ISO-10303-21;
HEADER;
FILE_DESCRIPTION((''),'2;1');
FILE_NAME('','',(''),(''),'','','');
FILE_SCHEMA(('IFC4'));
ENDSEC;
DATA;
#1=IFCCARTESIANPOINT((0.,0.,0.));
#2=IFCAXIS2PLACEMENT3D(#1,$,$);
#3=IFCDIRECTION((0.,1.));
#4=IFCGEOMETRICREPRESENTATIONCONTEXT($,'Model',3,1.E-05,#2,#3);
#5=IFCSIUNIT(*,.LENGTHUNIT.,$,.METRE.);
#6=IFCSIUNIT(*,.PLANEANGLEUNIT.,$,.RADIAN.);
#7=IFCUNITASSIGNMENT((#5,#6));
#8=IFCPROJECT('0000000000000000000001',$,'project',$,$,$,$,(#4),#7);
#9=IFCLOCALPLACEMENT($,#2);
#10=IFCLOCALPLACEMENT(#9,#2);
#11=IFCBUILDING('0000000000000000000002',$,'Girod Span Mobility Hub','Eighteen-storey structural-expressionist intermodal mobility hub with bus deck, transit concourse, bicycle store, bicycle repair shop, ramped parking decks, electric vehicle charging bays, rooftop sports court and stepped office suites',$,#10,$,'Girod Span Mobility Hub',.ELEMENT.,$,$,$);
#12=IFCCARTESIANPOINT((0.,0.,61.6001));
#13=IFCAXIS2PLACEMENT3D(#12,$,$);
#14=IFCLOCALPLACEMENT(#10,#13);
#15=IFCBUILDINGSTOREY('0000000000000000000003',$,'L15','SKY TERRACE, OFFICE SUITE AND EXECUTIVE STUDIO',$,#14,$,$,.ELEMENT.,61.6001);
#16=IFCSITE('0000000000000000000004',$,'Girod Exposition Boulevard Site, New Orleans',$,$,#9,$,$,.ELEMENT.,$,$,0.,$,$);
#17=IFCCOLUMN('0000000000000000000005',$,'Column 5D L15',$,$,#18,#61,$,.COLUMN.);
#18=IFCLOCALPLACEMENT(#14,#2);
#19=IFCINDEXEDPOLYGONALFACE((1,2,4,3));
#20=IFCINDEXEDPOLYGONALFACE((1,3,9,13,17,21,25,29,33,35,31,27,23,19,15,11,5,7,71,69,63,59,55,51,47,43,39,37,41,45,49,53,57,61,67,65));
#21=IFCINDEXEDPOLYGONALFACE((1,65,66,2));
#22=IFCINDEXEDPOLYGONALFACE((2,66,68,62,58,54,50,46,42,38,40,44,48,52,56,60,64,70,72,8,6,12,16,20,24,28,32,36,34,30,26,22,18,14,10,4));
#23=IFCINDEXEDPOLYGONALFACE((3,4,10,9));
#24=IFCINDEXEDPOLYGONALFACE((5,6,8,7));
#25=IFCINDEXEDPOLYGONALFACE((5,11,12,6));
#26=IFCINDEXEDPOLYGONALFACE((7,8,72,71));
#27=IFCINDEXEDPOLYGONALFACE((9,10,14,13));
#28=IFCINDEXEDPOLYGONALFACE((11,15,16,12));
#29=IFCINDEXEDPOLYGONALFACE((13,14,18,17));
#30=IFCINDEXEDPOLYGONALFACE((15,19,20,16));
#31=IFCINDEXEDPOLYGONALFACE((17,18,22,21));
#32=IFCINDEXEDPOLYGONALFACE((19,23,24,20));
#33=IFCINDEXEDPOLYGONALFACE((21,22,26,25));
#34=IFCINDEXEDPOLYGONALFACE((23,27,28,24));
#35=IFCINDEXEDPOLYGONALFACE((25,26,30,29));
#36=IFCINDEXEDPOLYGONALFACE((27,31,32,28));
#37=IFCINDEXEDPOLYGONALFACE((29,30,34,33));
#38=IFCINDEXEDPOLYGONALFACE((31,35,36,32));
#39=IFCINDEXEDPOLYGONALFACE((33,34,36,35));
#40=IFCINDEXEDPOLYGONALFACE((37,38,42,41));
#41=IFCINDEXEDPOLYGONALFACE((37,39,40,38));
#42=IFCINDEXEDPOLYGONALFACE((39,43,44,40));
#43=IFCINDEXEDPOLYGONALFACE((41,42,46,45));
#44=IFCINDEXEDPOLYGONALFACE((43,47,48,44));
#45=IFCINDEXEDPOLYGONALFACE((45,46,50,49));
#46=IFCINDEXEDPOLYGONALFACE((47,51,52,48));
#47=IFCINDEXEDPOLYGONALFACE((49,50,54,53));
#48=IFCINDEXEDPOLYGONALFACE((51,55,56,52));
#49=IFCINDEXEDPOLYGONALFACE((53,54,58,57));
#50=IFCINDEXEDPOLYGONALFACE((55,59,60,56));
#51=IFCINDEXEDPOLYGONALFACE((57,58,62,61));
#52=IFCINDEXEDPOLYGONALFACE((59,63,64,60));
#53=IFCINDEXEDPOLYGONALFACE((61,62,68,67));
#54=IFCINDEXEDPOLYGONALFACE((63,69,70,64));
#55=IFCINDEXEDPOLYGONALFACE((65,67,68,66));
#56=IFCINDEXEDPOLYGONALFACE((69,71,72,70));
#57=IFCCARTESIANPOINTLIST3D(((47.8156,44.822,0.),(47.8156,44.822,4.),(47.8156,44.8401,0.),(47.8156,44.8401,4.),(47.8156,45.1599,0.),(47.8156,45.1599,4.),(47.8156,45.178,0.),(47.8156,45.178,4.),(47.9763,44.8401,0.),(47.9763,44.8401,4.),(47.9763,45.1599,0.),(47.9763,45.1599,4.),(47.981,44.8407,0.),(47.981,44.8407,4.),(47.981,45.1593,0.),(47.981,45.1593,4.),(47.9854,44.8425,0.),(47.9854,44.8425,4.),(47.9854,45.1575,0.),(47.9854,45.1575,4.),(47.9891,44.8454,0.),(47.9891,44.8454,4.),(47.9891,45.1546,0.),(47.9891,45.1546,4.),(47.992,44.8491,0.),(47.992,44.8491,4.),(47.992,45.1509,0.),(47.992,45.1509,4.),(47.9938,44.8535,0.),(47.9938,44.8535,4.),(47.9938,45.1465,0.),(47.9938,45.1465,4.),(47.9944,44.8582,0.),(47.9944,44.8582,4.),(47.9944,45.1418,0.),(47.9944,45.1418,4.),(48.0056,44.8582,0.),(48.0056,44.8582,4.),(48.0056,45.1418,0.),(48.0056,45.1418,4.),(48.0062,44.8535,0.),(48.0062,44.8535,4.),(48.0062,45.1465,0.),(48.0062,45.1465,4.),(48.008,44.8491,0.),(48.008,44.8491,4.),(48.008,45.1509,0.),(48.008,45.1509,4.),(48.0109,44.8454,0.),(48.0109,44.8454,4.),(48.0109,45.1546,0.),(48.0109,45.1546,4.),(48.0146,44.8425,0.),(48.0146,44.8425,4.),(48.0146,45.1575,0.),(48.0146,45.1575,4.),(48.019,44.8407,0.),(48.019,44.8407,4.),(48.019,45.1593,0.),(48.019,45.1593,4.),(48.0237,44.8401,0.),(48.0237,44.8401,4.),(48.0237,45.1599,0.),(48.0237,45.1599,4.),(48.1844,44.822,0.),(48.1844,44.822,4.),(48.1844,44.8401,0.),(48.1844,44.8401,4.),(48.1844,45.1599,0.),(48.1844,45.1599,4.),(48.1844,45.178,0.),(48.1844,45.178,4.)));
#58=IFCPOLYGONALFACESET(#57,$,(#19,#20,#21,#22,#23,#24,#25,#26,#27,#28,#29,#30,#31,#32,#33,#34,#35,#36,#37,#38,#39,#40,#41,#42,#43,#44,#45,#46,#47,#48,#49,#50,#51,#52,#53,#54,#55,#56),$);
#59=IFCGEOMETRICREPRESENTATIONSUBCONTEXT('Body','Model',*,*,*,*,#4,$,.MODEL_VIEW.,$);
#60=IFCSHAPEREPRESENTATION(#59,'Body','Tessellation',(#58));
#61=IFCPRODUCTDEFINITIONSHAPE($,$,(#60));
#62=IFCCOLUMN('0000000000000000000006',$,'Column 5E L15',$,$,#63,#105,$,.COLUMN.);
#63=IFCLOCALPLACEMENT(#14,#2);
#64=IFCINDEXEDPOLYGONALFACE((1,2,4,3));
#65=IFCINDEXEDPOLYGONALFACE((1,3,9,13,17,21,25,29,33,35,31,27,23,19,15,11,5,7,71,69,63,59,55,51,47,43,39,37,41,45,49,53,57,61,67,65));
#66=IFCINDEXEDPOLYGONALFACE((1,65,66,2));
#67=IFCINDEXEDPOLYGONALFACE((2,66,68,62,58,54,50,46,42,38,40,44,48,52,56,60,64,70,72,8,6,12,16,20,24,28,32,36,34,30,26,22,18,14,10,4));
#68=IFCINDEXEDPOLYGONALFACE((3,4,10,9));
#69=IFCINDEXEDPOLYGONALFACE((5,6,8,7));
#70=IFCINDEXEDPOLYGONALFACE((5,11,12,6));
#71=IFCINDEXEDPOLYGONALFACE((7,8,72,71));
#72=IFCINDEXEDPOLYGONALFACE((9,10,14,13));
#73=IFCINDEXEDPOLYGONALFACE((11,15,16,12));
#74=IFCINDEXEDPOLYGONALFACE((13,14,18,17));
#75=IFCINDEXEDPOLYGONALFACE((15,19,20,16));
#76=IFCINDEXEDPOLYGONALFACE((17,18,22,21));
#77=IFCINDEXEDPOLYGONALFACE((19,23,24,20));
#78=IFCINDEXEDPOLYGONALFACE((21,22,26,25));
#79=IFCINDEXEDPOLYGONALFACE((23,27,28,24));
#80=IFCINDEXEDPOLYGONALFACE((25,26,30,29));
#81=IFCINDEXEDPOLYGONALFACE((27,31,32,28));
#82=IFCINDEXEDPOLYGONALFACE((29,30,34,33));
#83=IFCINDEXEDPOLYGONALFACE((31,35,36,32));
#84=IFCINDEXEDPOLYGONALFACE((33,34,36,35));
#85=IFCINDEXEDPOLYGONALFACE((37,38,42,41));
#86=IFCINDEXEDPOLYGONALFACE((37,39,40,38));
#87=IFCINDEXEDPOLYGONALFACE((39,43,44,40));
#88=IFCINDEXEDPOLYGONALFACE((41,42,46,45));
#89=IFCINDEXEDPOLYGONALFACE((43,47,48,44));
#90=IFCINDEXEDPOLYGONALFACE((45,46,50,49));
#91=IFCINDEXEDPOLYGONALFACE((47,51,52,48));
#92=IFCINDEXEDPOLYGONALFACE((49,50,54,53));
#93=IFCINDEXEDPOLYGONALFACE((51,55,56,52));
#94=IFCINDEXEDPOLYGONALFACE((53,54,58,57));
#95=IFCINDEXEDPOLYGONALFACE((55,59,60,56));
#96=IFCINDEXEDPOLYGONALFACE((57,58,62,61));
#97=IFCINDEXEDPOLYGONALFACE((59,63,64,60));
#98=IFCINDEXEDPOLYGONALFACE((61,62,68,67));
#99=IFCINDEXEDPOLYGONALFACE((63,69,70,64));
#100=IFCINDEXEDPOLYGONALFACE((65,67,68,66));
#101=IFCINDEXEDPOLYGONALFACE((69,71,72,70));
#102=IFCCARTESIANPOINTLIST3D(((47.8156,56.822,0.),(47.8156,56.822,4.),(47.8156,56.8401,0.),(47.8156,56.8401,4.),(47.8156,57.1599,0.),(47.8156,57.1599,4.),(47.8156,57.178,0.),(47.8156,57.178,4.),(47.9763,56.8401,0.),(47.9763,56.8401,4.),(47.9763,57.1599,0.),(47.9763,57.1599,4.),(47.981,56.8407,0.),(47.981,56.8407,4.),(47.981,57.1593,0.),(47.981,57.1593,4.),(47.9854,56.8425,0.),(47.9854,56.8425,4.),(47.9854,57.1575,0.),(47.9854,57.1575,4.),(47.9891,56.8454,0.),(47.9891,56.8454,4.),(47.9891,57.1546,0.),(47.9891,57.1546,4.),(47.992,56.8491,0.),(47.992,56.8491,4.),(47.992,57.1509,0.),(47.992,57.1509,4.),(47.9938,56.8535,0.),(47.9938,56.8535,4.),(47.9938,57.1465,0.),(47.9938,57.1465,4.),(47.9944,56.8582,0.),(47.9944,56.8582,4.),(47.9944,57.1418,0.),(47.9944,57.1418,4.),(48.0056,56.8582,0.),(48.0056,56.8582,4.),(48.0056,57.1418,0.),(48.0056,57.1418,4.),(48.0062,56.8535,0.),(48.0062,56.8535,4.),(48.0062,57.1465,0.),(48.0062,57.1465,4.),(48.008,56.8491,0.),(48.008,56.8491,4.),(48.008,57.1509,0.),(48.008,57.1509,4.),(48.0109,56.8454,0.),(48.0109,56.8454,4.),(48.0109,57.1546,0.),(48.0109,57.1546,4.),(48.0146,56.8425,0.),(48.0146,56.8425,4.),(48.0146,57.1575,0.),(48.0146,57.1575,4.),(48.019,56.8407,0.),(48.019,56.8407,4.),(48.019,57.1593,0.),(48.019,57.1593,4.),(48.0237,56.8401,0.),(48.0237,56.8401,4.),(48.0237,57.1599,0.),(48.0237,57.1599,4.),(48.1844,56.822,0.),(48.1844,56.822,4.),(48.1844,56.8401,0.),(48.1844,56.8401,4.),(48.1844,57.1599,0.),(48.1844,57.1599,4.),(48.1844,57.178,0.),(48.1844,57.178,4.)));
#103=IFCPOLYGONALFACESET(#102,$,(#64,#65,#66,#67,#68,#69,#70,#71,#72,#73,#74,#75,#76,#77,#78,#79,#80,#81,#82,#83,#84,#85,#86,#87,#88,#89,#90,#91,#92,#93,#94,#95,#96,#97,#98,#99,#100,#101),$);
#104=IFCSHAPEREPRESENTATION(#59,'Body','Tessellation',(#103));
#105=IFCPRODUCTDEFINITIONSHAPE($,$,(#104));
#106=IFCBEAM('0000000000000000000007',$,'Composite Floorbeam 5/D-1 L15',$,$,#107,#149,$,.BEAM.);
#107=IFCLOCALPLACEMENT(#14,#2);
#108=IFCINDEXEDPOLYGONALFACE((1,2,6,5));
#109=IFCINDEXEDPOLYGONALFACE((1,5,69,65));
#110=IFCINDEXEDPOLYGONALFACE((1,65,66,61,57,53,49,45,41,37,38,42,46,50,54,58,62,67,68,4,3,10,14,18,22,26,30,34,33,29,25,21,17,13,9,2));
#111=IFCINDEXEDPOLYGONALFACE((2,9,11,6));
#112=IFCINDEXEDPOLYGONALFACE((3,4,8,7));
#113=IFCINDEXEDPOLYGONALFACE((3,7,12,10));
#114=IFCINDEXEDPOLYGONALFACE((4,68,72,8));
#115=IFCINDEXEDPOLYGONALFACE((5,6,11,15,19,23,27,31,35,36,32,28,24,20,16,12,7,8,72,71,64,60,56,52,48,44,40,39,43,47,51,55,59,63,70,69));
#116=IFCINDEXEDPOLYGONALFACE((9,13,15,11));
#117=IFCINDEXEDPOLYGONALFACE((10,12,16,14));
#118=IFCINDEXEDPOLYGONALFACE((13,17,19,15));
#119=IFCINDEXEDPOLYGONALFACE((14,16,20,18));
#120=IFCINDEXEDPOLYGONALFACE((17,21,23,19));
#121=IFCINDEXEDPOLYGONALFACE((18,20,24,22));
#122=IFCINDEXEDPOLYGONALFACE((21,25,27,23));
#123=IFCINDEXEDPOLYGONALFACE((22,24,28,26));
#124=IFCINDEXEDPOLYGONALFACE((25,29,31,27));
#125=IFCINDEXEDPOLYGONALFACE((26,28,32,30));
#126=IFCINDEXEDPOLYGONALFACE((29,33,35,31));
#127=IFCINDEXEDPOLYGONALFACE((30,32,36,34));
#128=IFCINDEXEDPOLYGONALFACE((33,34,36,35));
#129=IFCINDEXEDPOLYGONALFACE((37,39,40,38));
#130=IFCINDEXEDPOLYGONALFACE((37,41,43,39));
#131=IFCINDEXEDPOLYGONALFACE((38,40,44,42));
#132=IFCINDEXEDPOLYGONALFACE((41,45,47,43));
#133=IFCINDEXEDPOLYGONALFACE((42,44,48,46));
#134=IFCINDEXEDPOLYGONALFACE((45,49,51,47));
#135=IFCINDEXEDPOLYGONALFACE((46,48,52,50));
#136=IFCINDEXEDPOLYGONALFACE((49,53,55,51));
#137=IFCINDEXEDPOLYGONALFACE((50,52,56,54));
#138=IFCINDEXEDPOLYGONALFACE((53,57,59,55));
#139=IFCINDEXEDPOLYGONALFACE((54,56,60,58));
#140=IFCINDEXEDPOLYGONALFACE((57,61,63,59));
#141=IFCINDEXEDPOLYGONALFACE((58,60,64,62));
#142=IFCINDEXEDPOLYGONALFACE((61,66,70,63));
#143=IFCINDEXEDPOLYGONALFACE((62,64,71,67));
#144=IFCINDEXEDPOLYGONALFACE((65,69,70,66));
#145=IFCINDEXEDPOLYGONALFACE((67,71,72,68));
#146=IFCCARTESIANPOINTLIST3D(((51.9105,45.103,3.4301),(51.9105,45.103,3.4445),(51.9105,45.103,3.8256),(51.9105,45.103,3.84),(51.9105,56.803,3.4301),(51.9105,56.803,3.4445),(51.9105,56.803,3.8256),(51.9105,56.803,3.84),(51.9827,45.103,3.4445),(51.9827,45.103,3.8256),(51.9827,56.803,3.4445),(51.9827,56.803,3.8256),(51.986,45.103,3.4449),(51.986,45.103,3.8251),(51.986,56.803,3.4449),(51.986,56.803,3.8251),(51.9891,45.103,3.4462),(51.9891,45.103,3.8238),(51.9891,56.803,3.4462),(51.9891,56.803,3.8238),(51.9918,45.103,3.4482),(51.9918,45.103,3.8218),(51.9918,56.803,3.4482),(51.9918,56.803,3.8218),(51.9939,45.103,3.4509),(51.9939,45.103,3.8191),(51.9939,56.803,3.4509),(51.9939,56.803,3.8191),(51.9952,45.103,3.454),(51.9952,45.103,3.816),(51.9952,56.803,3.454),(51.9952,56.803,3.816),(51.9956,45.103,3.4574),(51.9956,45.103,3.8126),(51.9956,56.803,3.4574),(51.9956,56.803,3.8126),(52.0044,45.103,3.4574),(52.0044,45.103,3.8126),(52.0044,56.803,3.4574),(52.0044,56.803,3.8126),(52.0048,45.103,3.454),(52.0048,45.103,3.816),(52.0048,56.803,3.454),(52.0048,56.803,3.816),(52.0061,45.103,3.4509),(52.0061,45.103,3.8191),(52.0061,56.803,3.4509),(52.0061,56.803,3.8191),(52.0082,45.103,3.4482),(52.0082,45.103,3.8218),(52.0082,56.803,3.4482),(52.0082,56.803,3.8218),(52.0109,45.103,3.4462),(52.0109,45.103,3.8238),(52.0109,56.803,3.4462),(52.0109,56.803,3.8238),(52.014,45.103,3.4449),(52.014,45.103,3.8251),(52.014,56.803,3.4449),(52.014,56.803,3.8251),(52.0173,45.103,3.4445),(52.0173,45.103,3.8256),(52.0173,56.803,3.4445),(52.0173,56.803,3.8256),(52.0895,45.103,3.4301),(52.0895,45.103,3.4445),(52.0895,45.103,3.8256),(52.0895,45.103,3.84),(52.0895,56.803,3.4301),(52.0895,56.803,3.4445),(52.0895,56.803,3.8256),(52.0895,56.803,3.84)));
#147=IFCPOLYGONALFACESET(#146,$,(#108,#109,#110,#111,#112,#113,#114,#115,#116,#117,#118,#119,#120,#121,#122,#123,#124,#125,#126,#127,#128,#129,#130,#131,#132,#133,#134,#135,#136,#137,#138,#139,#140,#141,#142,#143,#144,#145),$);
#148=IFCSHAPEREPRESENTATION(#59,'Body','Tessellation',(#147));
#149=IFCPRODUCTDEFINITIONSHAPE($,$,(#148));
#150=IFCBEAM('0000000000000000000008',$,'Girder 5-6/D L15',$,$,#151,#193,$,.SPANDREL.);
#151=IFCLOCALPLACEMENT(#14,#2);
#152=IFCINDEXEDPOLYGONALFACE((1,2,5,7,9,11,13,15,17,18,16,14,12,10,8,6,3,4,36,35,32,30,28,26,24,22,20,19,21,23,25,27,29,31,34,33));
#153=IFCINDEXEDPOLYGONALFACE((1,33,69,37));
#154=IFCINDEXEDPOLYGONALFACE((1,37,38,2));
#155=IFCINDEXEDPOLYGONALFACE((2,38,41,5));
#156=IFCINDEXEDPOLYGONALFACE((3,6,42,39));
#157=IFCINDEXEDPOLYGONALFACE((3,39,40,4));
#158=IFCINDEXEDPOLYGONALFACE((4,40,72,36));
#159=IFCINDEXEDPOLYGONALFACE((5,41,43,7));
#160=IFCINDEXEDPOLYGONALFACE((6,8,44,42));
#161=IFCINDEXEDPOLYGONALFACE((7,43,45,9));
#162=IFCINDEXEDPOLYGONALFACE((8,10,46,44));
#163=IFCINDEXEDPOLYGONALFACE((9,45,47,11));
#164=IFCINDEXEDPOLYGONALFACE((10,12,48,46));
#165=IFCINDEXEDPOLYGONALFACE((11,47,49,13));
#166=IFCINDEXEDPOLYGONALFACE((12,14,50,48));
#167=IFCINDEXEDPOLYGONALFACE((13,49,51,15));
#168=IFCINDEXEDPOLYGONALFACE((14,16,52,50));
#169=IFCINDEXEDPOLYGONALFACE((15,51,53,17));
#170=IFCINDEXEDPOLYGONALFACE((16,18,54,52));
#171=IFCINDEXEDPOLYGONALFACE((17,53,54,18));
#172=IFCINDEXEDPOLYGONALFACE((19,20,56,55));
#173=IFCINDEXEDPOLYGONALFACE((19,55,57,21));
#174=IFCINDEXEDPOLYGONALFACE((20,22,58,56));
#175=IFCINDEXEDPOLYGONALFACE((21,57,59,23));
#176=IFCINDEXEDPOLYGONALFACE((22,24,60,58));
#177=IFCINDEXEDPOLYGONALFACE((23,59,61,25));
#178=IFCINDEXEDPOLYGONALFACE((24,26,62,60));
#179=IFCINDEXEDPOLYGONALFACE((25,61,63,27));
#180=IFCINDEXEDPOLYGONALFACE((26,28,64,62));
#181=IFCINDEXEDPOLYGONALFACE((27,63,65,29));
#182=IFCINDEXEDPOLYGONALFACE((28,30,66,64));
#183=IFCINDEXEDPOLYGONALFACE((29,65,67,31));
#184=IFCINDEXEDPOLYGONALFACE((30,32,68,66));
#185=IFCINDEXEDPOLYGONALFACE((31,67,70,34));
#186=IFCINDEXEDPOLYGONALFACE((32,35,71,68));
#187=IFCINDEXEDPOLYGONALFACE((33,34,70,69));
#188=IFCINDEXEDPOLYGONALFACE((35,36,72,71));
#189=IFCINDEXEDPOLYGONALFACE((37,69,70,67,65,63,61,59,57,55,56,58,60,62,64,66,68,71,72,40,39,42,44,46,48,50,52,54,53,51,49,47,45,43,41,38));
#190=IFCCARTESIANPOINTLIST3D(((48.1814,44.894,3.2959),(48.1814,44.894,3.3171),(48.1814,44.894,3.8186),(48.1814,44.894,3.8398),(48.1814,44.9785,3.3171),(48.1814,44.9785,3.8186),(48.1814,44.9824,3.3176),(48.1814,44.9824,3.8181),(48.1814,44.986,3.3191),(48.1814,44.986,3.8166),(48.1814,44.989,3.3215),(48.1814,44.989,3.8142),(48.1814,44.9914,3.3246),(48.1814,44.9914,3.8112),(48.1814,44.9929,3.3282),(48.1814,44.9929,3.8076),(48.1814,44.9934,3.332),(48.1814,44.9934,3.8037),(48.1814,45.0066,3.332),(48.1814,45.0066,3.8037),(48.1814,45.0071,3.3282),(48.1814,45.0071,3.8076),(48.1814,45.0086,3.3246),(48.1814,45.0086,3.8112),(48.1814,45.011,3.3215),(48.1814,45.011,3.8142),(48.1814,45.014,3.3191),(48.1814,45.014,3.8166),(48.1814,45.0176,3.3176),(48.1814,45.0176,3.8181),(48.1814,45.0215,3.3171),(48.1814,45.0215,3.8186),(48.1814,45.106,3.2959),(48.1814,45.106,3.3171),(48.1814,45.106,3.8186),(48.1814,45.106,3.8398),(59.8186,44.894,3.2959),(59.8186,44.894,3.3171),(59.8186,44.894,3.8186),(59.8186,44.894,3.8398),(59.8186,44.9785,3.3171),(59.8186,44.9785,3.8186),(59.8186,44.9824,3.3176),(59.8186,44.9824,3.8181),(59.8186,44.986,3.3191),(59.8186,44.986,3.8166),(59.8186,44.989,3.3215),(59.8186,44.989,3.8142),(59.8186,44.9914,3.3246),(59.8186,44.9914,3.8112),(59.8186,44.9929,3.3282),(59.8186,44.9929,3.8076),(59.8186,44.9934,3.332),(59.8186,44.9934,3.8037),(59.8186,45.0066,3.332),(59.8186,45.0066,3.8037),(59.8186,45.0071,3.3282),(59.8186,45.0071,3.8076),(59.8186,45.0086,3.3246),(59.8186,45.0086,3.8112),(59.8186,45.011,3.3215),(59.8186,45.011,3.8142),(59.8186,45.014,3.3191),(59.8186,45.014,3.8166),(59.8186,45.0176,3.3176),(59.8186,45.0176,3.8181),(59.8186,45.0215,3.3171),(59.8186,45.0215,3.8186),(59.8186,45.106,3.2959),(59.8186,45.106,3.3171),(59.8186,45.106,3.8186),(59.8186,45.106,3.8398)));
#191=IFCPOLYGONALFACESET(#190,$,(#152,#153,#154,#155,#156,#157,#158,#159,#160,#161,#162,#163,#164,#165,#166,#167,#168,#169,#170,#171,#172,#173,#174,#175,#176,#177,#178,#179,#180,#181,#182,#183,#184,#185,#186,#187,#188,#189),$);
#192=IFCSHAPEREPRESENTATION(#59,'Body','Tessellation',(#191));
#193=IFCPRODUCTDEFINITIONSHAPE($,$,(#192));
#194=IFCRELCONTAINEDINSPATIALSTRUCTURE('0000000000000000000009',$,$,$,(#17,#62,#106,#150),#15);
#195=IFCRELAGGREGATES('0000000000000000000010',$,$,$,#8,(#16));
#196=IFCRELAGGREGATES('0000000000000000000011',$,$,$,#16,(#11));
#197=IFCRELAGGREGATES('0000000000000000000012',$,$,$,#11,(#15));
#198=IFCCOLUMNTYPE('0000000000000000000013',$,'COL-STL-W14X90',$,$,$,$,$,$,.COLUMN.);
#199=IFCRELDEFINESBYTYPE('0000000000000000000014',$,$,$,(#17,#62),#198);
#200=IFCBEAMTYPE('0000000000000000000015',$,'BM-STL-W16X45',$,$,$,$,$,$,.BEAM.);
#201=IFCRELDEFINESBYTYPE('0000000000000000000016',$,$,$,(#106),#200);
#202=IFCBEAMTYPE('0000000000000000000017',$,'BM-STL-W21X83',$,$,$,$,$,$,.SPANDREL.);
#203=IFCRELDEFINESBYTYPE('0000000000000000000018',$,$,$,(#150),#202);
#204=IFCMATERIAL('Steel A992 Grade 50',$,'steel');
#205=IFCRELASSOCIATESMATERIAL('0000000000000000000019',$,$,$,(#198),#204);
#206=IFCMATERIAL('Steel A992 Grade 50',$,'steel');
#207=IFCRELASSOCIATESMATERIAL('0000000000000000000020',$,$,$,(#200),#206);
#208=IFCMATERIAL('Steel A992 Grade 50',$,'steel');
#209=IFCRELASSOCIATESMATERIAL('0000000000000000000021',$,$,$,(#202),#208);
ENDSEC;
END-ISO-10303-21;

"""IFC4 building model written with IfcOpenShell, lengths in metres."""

from ifc_helpers import new_model, si_unit, direction, frame, origin, origin_2d, place, context, subcontext, project, spatial, i_section, extrude, material, material_profile, profile_set, type_object, element, save


model = new_model("IFC4")

# Units and contexts
model_context = context("Model", 3, precision=1e-05, world=origin(), true_north=direction((0.0, 1.0)))
body_context = subcontext(model_context, "Body", "Model", "MODEL_VIEW")
ifc_project = project(units=[si_unit("LENGTHUNIT", "METRE"), si_unit("PLANEANGLEUNIT", "RADIAN")], contexts=[model_context])

# Site, building, storey
site_placement = place(None, origin())
site = spatial("IfcSite", under=ifc_project, at=site_placement, Name="Girod Exposition Boulevard Site, New Orleans", CompositionType="ELEMENT", RefElevation=0.0)
building_placement = place(site_placement, origin())
building = spatial("IfcBuilding", under=site, at=building_placement, Name="Girod Span Mobility Hub", Description="Eighteen-storey structural-expressionist intermodal mobility hub with bus deck, transit concourse, bicycle store, bicycle repair shop, ramped parking decks, electric vehicle charging bays, rooftop sports court and stepped office suites", LongName="Girod Span Mobility Hub", CompositionType="ELEMENT")
storey_placement = place(building_placement, frame((0.0, 0.0, 61.6001)))
storey = spatial("IfcBuildingStorey", under=building, at=storey_placement, Name="L15", Description="SKY TERRACE, OFFICE SUITE AND EXECUTIVE STUDIO", CompositionType="ELEMENT", Elevation=61.6001)

# Columns
ifc_material_1 = material(Name="Steel A992 Grade 50", Category="steel")
ifc_material_profile_1 = material_profile(ifc_material_1, i_section(OverallWidth=0.3689, OverallDepth=0.356, WebThickness=0.0112, FlangeThickness=0.0181, FilletRadius=0.0181, at=origin_2d()), Name="W14X90")
ifc_profile_set_1 = profile_set([ifc_material_profile_1], Name="Steel A992 Grade 50")
column_type = type_object("IfcColumnType", Name="COL-STL-W14X90", PredefinedType="COLUMN", material=ifc_profile_set_1)
for number, where, z_axis, x_axis, name in (
    (1, (48.0, 45.0, 0.0), (0.0, 0.0, 1.0), (1.0, 0.0, 0.0), "Column 5D L15"),
    (2, (48.0, 57.0, 0.0), (0.0, 0.0, 1.0), (1.0, 0.0, 0.0), "Column 5E L15"),
):
    element("IfcColumn", number, at=place(storey_placement, frame(where, z_axis=z_axis, x_axis=x_axis)), inside=storey, type_object=column_type, Name=name, PredefinedType="COLUMN", context=body_context, shape_type="SweptSolid", body=[
        extrude(i_section(OverallWidth=0.3689, OverallDepth=0.356, WebThickness=0.0112, FlangeThickness=0.0181, FilletRadius=0.0181, at=origin_2d()), origin(), (0.0, 0.0, 1.0), 4.0),
    ])

# Beams
ifc_material_2 = material(Name="Steel A992 Grade 50", Category="steel")
ifc_material_profile_2 = material_profile(ifc_material_2, i_section(OverallWidth=0.179, OverallDepth=0.4099, WebThickness=0.0088, FlangeThickness=0.0144, FilletRadius=0.0129, at=origin_2d()), Name="W16X45")
ifc_profile_set_2 = profile_set([ifc_material_profile_2], Name="Steel A992 Grade 50")
beam_type_1 = type_object("IfcBeamType", Name="BM-STL-W16X45", PredefinedType="BEAM", material=ifc_profile_set_2)
beam_1_placement = place(storey_placement, frame((52.0, 45.103, 3.635), z_axis=(0.0, 1.0, 0.0), x_axis=(-1.0, 0.0, 0.0)))
element("IfcBeam", 3, at=beam_1_placement, inside=storey, type_object=beam_type_1, Name="Composite Floorbeam 5/D-1 L15", PredefinedType="BEAM", context=body_context, shape_type="SweptSolid", body=[
    extrude(i_section(OverallWidth=0.179, OverallDepth=0.4099, WebThickness=0.0088, FlangeThickness=0.0144, FilletRadius=0.0129, at=origin_2d()), origin(), (0.0, 0.0, 1.0), 11.7),
])
ifc_material_3 = material(Name="Steel A992 Grade 50", Category="steel")
ifc_material_profile_3 = material_profile(ifc_material_3, i_section(OverallWidth=0.2119, OverallDepth=0.5439, WebThickness=0.0132, FlangeThickness=0.0212, FilletRadius=0.0149, at=origin_2d()), Name="W21X83")
ifc_profile_set_3 = profile_set([ifc_material_profile_3], Name="Steel A992 Grade 50")
beam_type_2 = type_object("IfcBeamType", Name="BM-STL-W21X83", PredefinedType="SPANDREL", material=ifc_profile_set_3)
beam_2_placement = place(storey_placement, frame((48.1814, 45.0, 3.5679), z_axis=(1.0, 0.0, 0.0), x_axis=(0.0, 1.0, 0.0)))
element("IfcBeam", 4, at=beam_2_placement, inside=storey, type_object=beam_type_2, Name="Girder 5-6/D L15", PredefinedType="SPANDREL", context=body_context, shape_type="SweptSolid", body=[
    extrude(i_section(OverallWidth=0.2119, OverallDepth=0.5439, WebThickness=0.0132, FlangeThickness=0.0212, FilletRadius=0.0149, at=origin_2d()), origin(), (0.0, 0.0, 1.0), 11.6372),
])

save(model, "model.ifc")
